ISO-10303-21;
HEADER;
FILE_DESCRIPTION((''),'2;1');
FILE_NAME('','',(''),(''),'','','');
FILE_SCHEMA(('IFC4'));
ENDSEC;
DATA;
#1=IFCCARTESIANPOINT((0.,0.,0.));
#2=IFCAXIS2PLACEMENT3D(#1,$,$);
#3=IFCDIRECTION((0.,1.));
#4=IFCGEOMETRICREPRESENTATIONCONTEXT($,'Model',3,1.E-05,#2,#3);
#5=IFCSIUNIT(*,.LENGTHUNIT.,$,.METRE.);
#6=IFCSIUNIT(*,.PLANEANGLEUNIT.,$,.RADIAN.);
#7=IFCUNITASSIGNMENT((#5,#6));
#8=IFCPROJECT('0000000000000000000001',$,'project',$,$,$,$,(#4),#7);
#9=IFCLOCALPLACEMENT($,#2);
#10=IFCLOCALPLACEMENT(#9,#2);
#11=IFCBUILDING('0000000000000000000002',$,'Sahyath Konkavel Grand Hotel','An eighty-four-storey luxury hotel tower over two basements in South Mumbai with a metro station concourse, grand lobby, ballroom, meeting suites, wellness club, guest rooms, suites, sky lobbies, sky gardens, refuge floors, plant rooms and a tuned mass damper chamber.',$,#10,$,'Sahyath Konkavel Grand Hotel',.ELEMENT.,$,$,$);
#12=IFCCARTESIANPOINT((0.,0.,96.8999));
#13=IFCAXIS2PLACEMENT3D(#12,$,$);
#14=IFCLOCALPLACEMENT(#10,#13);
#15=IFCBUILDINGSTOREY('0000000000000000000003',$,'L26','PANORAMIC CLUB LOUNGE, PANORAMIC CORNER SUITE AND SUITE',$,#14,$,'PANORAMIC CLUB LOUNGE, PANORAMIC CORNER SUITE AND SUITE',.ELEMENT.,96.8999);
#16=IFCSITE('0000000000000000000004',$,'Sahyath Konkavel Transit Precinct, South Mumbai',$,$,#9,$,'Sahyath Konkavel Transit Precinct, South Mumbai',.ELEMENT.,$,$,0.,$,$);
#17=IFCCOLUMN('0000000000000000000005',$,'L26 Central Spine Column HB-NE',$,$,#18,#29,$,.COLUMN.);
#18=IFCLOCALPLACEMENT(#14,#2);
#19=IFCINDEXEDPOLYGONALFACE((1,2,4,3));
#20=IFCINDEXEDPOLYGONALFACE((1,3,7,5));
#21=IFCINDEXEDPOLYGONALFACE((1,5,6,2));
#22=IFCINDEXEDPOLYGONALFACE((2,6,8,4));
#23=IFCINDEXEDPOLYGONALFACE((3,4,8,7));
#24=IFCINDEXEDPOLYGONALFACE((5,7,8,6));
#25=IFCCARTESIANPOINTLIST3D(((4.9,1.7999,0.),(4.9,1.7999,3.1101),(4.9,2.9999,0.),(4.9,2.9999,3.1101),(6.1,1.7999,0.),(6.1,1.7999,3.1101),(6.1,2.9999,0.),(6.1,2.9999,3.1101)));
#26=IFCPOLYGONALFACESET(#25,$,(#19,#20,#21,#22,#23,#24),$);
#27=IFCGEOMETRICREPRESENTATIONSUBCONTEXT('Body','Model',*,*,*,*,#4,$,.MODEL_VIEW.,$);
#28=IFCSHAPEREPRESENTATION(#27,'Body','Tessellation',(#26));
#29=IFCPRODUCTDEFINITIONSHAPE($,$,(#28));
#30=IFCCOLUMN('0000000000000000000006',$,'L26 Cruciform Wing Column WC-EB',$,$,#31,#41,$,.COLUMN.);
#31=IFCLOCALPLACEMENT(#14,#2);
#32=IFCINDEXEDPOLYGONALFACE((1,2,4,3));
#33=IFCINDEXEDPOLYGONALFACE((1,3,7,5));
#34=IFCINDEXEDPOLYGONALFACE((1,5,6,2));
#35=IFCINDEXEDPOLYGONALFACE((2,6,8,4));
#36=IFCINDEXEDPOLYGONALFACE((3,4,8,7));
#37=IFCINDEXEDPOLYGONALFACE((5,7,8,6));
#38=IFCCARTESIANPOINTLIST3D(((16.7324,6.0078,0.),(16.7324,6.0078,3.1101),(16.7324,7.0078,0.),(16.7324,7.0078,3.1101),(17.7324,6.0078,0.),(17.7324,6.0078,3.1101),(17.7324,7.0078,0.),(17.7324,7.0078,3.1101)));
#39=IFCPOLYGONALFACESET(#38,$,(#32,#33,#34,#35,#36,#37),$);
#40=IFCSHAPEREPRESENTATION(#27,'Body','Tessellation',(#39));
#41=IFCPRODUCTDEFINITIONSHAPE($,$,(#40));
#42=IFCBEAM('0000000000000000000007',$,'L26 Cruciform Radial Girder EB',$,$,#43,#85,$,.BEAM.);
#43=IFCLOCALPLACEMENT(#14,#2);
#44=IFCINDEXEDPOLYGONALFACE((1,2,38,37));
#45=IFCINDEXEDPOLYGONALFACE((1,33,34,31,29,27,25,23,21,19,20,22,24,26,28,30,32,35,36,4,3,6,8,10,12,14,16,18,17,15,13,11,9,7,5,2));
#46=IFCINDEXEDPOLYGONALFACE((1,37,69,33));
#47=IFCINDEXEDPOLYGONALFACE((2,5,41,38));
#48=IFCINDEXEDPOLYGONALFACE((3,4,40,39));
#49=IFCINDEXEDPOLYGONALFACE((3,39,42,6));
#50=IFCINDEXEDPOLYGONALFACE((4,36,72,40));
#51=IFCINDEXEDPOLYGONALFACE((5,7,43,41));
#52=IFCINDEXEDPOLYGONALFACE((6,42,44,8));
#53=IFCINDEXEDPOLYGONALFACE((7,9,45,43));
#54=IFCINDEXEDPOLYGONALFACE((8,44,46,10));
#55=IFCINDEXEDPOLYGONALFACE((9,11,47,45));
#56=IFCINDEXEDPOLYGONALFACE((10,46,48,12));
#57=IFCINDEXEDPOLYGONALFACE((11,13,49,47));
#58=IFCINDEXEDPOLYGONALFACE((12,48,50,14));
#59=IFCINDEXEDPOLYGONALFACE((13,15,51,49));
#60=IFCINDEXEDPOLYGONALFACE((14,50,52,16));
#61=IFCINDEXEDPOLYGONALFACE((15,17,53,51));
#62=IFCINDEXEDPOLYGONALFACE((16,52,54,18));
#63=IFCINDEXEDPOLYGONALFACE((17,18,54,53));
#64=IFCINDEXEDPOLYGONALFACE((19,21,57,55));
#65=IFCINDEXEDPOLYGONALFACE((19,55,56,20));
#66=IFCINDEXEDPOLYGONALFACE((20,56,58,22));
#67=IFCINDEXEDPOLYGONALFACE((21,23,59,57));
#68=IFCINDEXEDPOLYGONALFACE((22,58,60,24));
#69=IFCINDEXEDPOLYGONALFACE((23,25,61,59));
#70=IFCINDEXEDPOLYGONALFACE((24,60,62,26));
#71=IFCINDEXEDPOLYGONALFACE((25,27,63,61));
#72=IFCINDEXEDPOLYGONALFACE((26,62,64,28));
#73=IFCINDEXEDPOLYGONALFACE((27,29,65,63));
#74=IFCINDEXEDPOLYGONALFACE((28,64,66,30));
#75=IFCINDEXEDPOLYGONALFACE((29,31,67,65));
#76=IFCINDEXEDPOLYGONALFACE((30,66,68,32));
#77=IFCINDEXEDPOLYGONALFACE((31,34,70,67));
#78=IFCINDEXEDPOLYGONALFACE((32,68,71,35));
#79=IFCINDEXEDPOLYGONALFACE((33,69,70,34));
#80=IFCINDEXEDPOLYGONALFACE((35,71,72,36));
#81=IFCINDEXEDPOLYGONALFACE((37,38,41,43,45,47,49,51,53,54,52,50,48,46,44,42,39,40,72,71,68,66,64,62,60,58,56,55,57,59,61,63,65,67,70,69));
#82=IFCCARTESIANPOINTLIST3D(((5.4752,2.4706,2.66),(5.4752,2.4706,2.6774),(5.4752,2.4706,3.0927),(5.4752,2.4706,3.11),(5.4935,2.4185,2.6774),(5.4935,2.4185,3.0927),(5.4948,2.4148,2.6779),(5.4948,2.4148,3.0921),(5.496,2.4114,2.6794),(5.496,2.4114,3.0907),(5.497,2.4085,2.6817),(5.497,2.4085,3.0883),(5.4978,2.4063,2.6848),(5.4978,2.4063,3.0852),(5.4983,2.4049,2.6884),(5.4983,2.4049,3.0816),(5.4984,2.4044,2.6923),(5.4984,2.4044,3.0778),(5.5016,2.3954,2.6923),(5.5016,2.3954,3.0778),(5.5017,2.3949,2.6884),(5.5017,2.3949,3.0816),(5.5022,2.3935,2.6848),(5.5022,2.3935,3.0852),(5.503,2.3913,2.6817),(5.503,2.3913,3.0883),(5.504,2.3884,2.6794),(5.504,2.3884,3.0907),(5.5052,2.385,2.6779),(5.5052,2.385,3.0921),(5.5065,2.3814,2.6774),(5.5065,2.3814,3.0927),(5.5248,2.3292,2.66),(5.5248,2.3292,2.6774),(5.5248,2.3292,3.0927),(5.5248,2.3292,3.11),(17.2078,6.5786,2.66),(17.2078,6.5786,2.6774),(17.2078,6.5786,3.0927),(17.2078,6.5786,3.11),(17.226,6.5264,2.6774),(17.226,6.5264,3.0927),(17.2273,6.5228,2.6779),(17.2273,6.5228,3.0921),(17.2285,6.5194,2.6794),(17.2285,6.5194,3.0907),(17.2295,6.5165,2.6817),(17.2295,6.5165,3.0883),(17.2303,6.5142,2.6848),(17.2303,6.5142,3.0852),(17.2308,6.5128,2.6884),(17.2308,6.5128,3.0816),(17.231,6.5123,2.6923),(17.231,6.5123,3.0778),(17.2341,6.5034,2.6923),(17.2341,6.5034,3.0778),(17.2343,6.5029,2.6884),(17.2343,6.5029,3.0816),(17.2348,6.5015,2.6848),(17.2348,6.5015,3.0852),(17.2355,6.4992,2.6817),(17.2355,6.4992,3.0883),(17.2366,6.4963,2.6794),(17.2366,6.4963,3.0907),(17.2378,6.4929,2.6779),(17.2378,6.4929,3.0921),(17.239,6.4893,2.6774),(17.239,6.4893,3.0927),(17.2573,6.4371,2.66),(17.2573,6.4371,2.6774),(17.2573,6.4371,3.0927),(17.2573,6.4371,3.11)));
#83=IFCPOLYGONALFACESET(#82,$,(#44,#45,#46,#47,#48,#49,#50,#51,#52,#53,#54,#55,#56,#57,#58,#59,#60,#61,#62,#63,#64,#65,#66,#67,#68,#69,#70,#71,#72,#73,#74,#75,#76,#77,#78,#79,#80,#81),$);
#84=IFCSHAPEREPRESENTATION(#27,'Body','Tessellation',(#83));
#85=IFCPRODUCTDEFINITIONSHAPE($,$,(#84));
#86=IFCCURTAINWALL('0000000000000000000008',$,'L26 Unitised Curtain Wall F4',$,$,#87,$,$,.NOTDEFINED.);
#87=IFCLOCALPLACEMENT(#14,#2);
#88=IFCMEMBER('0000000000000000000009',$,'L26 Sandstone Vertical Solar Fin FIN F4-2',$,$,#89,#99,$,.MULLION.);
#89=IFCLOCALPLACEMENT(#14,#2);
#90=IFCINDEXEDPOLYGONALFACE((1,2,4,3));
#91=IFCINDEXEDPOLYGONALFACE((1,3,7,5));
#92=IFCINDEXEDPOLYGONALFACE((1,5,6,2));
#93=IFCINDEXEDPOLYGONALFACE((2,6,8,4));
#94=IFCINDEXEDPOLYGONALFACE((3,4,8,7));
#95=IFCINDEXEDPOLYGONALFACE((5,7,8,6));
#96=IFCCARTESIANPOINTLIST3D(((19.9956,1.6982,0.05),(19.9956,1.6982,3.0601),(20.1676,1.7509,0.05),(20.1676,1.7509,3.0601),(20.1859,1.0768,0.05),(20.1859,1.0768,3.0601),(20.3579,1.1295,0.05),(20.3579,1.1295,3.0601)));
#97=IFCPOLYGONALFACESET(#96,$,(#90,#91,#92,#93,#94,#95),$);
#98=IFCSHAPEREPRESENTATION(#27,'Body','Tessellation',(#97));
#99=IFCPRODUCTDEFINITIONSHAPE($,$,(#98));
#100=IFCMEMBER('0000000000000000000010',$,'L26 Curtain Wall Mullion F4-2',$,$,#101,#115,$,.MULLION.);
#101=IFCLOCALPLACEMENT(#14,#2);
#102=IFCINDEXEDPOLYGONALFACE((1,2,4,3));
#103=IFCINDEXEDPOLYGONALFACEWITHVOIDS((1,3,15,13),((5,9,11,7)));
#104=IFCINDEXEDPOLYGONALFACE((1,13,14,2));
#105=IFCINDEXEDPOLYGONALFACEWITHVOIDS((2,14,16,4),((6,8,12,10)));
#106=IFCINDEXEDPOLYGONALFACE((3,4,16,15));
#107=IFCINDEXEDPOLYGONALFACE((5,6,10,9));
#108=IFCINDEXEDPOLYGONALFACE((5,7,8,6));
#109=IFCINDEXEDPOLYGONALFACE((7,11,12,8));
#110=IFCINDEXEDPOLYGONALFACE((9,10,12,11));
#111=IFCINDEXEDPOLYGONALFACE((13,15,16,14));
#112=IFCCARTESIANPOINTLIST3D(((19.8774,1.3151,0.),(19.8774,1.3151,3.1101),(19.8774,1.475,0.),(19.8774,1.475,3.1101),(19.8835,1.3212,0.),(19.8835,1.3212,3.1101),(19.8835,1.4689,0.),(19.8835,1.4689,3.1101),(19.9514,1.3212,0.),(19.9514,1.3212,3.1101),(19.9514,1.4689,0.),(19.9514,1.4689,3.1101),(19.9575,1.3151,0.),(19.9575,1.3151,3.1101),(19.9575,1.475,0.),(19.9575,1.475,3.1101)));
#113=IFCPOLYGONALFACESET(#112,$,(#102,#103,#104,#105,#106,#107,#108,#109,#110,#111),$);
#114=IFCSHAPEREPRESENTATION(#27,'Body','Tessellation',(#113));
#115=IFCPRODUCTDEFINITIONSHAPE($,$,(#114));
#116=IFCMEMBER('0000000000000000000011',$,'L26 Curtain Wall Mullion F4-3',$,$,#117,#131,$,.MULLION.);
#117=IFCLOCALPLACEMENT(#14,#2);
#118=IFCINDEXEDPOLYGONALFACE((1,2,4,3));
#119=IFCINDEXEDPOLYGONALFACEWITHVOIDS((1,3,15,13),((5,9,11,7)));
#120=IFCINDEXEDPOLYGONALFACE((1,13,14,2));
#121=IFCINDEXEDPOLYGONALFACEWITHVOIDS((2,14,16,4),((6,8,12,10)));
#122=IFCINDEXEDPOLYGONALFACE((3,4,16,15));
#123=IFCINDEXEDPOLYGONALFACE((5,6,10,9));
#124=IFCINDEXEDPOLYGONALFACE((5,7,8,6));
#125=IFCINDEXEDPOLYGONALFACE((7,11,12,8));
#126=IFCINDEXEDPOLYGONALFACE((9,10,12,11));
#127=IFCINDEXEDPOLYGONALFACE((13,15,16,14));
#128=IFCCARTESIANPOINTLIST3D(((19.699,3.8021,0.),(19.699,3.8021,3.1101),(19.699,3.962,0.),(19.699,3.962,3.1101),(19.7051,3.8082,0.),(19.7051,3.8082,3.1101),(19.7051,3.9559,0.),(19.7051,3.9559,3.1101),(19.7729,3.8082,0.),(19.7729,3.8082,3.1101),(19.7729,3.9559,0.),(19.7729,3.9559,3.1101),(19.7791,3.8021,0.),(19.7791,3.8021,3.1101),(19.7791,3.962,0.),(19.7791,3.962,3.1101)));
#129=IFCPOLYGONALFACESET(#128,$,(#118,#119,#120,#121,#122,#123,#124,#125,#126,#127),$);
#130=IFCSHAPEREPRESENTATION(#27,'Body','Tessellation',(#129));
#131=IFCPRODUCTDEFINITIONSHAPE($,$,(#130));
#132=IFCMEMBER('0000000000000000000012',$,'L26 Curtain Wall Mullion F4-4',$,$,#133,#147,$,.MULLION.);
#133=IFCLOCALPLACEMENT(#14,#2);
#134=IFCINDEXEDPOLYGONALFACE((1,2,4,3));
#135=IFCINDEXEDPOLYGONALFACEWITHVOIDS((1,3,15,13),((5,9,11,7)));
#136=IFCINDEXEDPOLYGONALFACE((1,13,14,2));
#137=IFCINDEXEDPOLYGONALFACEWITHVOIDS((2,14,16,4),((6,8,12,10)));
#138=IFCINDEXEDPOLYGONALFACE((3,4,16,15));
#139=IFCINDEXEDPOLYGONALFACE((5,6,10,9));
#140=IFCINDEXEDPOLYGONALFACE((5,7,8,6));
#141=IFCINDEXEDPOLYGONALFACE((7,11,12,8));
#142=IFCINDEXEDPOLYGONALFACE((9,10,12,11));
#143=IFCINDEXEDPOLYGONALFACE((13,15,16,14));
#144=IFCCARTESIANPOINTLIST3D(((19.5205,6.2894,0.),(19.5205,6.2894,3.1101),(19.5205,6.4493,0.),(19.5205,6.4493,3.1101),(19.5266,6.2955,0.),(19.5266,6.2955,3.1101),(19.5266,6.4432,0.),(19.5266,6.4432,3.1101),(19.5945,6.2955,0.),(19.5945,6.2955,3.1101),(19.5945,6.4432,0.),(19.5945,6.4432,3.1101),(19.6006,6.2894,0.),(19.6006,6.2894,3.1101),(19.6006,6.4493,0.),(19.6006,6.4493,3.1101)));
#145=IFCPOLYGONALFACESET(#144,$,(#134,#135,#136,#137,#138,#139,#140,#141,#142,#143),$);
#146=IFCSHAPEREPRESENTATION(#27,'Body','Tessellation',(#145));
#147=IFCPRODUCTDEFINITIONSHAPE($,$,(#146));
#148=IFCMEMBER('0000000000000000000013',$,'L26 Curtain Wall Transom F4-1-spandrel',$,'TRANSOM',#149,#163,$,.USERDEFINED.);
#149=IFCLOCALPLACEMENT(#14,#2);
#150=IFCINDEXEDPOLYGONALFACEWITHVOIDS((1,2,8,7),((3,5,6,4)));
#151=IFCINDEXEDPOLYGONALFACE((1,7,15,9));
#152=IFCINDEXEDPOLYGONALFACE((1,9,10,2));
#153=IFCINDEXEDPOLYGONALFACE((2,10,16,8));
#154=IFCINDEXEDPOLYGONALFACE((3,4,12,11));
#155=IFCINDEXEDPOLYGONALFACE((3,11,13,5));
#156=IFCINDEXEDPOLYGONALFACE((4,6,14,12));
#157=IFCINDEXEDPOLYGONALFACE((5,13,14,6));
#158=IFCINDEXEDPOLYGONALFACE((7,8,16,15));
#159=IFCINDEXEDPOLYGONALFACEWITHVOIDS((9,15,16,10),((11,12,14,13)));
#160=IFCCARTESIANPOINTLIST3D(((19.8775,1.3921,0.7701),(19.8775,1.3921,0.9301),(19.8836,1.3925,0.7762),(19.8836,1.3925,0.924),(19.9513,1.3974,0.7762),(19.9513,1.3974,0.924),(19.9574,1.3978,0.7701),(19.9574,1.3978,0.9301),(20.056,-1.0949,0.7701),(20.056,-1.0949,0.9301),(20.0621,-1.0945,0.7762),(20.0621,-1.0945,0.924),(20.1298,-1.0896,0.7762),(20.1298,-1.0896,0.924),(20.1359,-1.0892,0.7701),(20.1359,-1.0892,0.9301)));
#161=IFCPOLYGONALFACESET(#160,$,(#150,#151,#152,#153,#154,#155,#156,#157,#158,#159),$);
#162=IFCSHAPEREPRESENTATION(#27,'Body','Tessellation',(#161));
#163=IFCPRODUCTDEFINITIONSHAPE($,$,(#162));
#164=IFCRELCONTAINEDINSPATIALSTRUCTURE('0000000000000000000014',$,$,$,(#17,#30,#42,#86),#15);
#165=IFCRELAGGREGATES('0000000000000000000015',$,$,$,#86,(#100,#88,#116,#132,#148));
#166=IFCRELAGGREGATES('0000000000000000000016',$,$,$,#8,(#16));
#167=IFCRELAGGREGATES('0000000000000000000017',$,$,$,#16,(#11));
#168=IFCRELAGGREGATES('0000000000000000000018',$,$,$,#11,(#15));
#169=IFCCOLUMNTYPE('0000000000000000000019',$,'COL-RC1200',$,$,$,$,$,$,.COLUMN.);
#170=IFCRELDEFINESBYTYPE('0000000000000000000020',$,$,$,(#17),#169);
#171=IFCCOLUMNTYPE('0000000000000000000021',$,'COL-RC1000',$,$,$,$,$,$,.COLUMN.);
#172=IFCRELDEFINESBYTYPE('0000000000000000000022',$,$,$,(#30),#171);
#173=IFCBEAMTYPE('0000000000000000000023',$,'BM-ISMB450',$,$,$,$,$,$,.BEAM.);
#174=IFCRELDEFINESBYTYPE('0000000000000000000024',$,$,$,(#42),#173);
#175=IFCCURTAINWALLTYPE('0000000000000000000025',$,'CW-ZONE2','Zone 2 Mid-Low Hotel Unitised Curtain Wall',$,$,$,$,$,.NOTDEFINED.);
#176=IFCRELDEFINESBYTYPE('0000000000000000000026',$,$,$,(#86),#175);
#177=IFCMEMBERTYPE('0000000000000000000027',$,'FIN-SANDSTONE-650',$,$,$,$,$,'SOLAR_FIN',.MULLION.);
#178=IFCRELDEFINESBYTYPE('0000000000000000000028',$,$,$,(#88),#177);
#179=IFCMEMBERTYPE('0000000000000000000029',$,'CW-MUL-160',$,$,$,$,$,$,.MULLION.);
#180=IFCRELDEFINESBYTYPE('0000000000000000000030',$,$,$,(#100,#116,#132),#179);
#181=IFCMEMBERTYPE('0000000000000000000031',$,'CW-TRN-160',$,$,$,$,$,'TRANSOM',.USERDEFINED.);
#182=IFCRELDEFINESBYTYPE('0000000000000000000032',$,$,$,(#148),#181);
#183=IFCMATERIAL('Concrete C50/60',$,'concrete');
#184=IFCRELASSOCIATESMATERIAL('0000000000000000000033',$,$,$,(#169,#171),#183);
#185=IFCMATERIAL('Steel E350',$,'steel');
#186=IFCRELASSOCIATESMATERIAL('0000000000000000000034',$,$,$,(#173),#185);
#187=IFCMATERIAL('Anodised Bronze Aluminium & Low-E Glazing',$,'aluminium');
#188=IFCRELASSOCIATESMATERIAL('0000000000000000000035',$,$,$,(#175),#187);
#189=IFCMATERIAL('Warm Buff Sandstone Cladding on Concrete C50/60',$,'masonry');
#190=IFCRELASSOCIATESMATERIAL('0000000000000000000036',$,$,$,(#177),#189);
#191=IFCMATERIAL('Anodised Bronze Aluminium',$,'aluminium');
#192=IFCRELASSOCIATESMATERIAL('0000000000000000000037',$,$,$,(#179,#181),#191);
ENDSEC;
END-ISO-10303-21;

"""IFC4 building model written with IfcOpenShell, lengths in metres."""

from ifc_helpers import new_model, si_unit, direction, frame, origin, origin_2d, place, context, subcontext, project, spatial, rectangle, hollow_rectangle, i_section, extrude, source, transform, mapped, material, material_profile, profile_set, type_object, element, aggregate, save


model = new_model("IFC4")

# Units and contexts
model_context = context("Model", 3, precision=1e-05, world=origin(), true_north=direction((0.0, 1.0)))
body_context = subcontext(model_context, "Body", "Model", "MODEL_VIEW")
ifc_project = project(units=[si_unit("LENGTHUNIT", "METRE"), si_unit("PLANEANGLEUNIT", "RADIAN")], contexts=[model_context])

# Site, building, storey
site_placement = place(None, origin())
site = spatial("IfcSite", under=ifc_project, at=site_placement, Name="Sahyath Konkavel Transit Precinct, South Mumbai", LongName="Sahyath Konkavel Transit Precinct, South Mumbai", CompositionType="ELEMENT", RefElevation=0.0)
building_placement = place(site_placement, origin())
building = spatial("IfcBuilding", under=site, at=building_placement, Name="Sahyath Konkavel Grand Hotel", Description="An eighty-four-storey luxury hotel tower over two basements in South Mumbai with a metro station concourse, grand lobby, ballroom, meeting suites, wellness club, guest rooms, suites, sky lobbies, sky gardens, refuge floors, plant rooms and a tuned mass damper chamber.", LongName="Sahyath Konkavel Grand Hotel", CompositionType="ELEMENT")
storey_placement = place(building_placement, frame((0.0, 0.0, 96.8999)))
storey = spatial("IfcBuildingStorey", under=building, at=storey_placement, Name="L26", Description="PANORAMIC CLUB LOUNGE, PANORAMIC CORNER SUITE AND SUITE", LongName="PANORAMIC CLUB LOUNGE, PANORAMIC CORNER SUITE AND SUITE", CompositionType="ELEMENT", Elevation=96.8999)

# Columns
ifc_material_1 = material(Name="Concrete C50/60", Category="concrete")
ifc_material_profile_1 = material_profile(ifc_material_1, rectangle(XDim=1.2, YDim=1.2, at=origin_2d()), Name="RC 1200x1200")
ifc_profile_set_1 = profile_set([ifc_material_profile_1], Name="Concrete C50/60")
column_type_1 = type_object("IfcColumnType", Name="COL-RC1200", PredefinedType="COLUMN", material=ifc_profile_set_1)
shared_shape_1 = source(origin(), body_context, "Body", "SweptSolid", [
    extrude(rectangle(XDim=1.2, YDim=1.2, at=origin_2d()), origin(), (0.0, 0.0, 1.0), 3.1101),
])
column_1_placement = place(storey_placement, frame((5.5, 2.3999, 0.0), z_axis=(0.0, 0.0, 1.0), x_axis=(1.0, 0.0, 0.0)))
element("IfcColumn", 1, at=column_1_placement, inside=storey, type_object=column_type_1, Name="L26 Central Spine Column HB-NE", PredefinedType="COLUMN", context=body_context, shape_type="MappedRepresentation", body=[
    mapped(shared_shape_1, transform((0.0, 0.0, 0.0), scale=1.0)),
])
ifc_material_profile_2 = material_profile(ifc_material_1, rectangle(XDim=1.0, YDim=1.0, at=origin_2d()), Name="RC 1000x1000")
ifc_profile_set_2 = profile_set([ifc_material_profile_2], Name="Concrete C50/60")
column_type_2 = type_object("IfcColumnType", Name="COL-RC1000", PredefinedType="COLUMN", material=ifc_profile_set_2)
shared_shape_2 = source(origin(), body_context, "Body", "SweptSolid", [
    extrude(rectangle(XDim=1.0, YDim=1.0, at=origin_2d()), origin(), (0.0, 0.0, 1.0), 3.1101),
])
column_2_placement = place(storey_placement, frame((17.2324, 6.5078, 0.0), z_axis=(0.0, 0.0, 1.0), x_axis=(1.0, 0.0, 0.0)))
element("IfcColumn", 2, at=column_2_placement, inside=storey, type_object=column_type_2, Name="L26 Cruciform Wing Column WC-EB", PredefinedType="COLUMN", context=body_context, shape_type="MappedRepresentation", body=[
    mapped(shared_shape_2, transform((0.0, 0.0, 0.0), scale=1.0)),
])

# Beam
ifc_material_2 = material(Name="Steel E350", Category="steel")
ifc_material_profile_3 = material_profile(ifc_material_2, i_section(OverallWidth=0.1499, OverallDepth=0.45, WebThickness=0.0095, FlangeThickness=0.0173, FilletRadius=0.0149, at=origin_2d()), Name="ISMB 450")
ifc_profile_set_3 = profile_set([ifc_material_profile_3], Name="Steel E350")
beam_type_1 = type_object("IfcBeamType", Name="BM-ISMB450", PredefinedType="BEAM", material=ifc_profile_set_3)
shared_shape_3 = source(origin(), body_context, "Body", "SweptSolid", [
    extrude(i_section(OverallWidth=0.1499, OverallDepth=0.45, WebThickness=0.0095, FlangeThickness=0.0173, FilletRadius=0.0149, at=origin_2d()), origin(), (0.0, 0.0, 1.0), 12.4309),
])
beam_1_placement = place(storey_placement, frame((5.5, 2.3999, 2.885), z_axis=(0.943819, 0.330462, 0.0), x_axis=(-0.330462, 0.943819, 0.0)))
element("IfcBeam", 3, at=beam_1_placement, inside=storey, type_object=beam_type_1, Name="L26 Cruciform Radial Girder EB", PredefinedType="BEAM", context=body_context, shape_type="MappedRepresentation", body=[
    mapped(shared_shape_3, transform((0.0, 0.0, 0.0), scale=1.0)),
])

# Curtain wall, members
ifc_material_3 = material(Name="Anodised Bronze Aluminium & Low-E Glazing", Category="aluminium")
curtain_wall_type = type_object("IfcCurtainWallType", Name="CW-ZONE2", Description="Zone 2 Mid-Low Hotel Unitised Curtain Wall", PredefinedType="NOTDEFINED", material=ifc_material_3)
curtain_wall_placement = place(storey_placement, origin())
curtain_wall = element("IfcCurtainWall", 4, at=curtain_wall_placement, inside=storey, type_object=curtain_wall_type, Name="L26 Unitised Curtain Wall F4", PredefinedType="NOTDEFINED")
ifc_material_4 = material(Name="Warm Buff Sandstone Cladding on Concrete C50/60", Category="masonry")
ifc_material_profile_4 = material_profile(ifc_material_4, rectangle(XDim=0.1799, YDim=0.6499, at=origin_2d()), Name="FIN 180x650")
ifc_profile_set_4 = profile_set([ifc_material_profile_4], Name="Warm Buff Sandstone Cladding on Concrete C50/60")
member_type_1 = type_object("IfcMemberType", Name="FIN-SANDSTONE-650", ElementType="SOLAR_FIN", PredefinedType="MULLION", material=ifc_profile_set_4)
shared_shape_4 = source(origin(), body_context, "Body", "SweptSolid", [
    extrude(rectangle(XDim=0.1799, YDim=0.6499, at=origin_2d()), origin(), (0.0, 0.0, 1.0), 3.01),
])
member_1_placement = place(storey_placement, frame((20.1768, 1.4138, 0.05), z_axis=(0.0, 0.0, 1.0), x_axis=(0.956152, 0.292872, 0.0)))
member_1 = element("IfcMember", 5, at=member_1_placement, type_object=member_type_1, Name="L26 Sandstone Vertical Solar Fin FIN F4-2", PredefinedType="MULLION", context=body_context, shape_type="MappedRepresentation", body=[
    mapped(shared_shape_4, transform((0.0, 0.0, 0.0), scale=1.0)),
])
ifc_material_5 = material(Name="Anodised Bronze Aluminium", Category="aluminium")
ifc_material_profile_5 = material_profile(ifc_material_5, hollow_rectangle(XDim=0.0801, YDim=0.1599, WallThickness=0.0061, at=origin_2d()), Name="RHS 160x80x6")
ifc_profile_set_5 = profile_set([ifc_material_profile_5], Name="Anodised Bronze Aluminium")
member_type_2 = type_object("IfcMemberType", Name="CW-MUL-160", PredefinedType="MULLION", material=ifc_profile_set_5)
shared_shape_5 = source(origin(), body_context, "Body", "SweptSolid", [
    extrude(hollow_rectangle(XDim=0.0801, YDim=0.1599, WallThickness=0.0061, at=origin_2d()), origin(), (0.0, 0.0, 1.0), 3.1101),
])
member_2_placement = place(storey_placement, frame((19.9175, 1.395, 0.0), z_axis=(0.0, 0.0, 1.0), x_axis=(1.0, 0.0, 0.0)))
member_2 = element("IfcMember", 6, at=member_2_placement, type_object=member_type_2, Name="L26 Curtain Wall Mullion F4-2", PredefinedType="MULLION", context=body_context, shape_type="MappedRepresentation", body=[
    mapped(shared_shape_5, transform((0.0, 0.0, 0.0), scale=1.0)),
])
member_3_placement = place(storey_placement, frame((19.739, 3.8821, 0.0), z_axis=(0.0, 0.0, 1.0), x_axis=(1.0, 0.0, 0.0)))
member_3 = element("IfcMember", 7, at=member_3_placement, type_object=member_type_2, Name="L26 Curtain Wall Mullion F4-3", PredefinedType="MULLION", context=body_context, shape_type="MappedRepresentation", body=[
    mapped(shared_shape_5, transform((0.0, 0.0, 0.0), scale=1.0)),
])
member_4_placement = place(storey_placement, frame((19.5605, 6.3694, 0.0), z_axis=(0.0, 0.0, 1.0), x_axis=(1.0, 0.0, 0.0)))
member_4 = element("IfcMember", 8, at=member_4_placement, type_object=member_type_2, Name="L26 Curtain Wall Mullion F4-4", PredefinedType="MULLION", context=body_context, shape_type="MappedRepresentation", body=[
    mapped(shared_shape_5, transform((0.0, 0.0, 0.0), scale=1.0)),
])
ifc_material_profile_6 = material_profile(ifc_material_5, hollow_rectangle(XDim=0.0801, YDim=0.1599, WallThickness=0.0061, at=origin_2d()), Name="RHS 160x80x6")
ifc_profile_set_6 = profile_set([ifc_material_profile_6], Name="Anodised Bronze Aluminium")
member_type_3 = type_object("IfcMemberType", Name="CW-TRN-160", ElementType="TRANSOM", PredefinedType="USERDEFINED", material=ifc_profile_set_6)
shared_shape_6 = source(origin(), body_context, "Body", "SweptSolid", [
    extrude(hollow_rectangle(XDim=0.0801, YDim=0.1599, WallThickness=0.0061, at=origin_2d()), origin(), (0.0, 0.0, 1.0), 2.4934),
])
member_5_placement = place(storey_placement, frame((20.0959, -1.092, 0.8501), z_axis=(-0.071574, 0.997435, 0.0), x_axis=(-0.997435, -0.071574, 0.0)))
member_5 = element("IfcMember", 9, at=member_5_placement, type_object=member_type_3, Name="L26 Curtain Wall Transom F4-1-spandrel", ObjectType="TRANSOM", PredefinedType="USERDEFINED", context=body_context, shape_type="MappedRepresentation", body=[
    mapped(shared_shape_6, transform((0.0, 0.0, 0.0), scale=1.0)),
])

aggregate(curtain_wall, [member_2, member_1, member_3, member_4, member_5])

save(model, "model.ifc")
